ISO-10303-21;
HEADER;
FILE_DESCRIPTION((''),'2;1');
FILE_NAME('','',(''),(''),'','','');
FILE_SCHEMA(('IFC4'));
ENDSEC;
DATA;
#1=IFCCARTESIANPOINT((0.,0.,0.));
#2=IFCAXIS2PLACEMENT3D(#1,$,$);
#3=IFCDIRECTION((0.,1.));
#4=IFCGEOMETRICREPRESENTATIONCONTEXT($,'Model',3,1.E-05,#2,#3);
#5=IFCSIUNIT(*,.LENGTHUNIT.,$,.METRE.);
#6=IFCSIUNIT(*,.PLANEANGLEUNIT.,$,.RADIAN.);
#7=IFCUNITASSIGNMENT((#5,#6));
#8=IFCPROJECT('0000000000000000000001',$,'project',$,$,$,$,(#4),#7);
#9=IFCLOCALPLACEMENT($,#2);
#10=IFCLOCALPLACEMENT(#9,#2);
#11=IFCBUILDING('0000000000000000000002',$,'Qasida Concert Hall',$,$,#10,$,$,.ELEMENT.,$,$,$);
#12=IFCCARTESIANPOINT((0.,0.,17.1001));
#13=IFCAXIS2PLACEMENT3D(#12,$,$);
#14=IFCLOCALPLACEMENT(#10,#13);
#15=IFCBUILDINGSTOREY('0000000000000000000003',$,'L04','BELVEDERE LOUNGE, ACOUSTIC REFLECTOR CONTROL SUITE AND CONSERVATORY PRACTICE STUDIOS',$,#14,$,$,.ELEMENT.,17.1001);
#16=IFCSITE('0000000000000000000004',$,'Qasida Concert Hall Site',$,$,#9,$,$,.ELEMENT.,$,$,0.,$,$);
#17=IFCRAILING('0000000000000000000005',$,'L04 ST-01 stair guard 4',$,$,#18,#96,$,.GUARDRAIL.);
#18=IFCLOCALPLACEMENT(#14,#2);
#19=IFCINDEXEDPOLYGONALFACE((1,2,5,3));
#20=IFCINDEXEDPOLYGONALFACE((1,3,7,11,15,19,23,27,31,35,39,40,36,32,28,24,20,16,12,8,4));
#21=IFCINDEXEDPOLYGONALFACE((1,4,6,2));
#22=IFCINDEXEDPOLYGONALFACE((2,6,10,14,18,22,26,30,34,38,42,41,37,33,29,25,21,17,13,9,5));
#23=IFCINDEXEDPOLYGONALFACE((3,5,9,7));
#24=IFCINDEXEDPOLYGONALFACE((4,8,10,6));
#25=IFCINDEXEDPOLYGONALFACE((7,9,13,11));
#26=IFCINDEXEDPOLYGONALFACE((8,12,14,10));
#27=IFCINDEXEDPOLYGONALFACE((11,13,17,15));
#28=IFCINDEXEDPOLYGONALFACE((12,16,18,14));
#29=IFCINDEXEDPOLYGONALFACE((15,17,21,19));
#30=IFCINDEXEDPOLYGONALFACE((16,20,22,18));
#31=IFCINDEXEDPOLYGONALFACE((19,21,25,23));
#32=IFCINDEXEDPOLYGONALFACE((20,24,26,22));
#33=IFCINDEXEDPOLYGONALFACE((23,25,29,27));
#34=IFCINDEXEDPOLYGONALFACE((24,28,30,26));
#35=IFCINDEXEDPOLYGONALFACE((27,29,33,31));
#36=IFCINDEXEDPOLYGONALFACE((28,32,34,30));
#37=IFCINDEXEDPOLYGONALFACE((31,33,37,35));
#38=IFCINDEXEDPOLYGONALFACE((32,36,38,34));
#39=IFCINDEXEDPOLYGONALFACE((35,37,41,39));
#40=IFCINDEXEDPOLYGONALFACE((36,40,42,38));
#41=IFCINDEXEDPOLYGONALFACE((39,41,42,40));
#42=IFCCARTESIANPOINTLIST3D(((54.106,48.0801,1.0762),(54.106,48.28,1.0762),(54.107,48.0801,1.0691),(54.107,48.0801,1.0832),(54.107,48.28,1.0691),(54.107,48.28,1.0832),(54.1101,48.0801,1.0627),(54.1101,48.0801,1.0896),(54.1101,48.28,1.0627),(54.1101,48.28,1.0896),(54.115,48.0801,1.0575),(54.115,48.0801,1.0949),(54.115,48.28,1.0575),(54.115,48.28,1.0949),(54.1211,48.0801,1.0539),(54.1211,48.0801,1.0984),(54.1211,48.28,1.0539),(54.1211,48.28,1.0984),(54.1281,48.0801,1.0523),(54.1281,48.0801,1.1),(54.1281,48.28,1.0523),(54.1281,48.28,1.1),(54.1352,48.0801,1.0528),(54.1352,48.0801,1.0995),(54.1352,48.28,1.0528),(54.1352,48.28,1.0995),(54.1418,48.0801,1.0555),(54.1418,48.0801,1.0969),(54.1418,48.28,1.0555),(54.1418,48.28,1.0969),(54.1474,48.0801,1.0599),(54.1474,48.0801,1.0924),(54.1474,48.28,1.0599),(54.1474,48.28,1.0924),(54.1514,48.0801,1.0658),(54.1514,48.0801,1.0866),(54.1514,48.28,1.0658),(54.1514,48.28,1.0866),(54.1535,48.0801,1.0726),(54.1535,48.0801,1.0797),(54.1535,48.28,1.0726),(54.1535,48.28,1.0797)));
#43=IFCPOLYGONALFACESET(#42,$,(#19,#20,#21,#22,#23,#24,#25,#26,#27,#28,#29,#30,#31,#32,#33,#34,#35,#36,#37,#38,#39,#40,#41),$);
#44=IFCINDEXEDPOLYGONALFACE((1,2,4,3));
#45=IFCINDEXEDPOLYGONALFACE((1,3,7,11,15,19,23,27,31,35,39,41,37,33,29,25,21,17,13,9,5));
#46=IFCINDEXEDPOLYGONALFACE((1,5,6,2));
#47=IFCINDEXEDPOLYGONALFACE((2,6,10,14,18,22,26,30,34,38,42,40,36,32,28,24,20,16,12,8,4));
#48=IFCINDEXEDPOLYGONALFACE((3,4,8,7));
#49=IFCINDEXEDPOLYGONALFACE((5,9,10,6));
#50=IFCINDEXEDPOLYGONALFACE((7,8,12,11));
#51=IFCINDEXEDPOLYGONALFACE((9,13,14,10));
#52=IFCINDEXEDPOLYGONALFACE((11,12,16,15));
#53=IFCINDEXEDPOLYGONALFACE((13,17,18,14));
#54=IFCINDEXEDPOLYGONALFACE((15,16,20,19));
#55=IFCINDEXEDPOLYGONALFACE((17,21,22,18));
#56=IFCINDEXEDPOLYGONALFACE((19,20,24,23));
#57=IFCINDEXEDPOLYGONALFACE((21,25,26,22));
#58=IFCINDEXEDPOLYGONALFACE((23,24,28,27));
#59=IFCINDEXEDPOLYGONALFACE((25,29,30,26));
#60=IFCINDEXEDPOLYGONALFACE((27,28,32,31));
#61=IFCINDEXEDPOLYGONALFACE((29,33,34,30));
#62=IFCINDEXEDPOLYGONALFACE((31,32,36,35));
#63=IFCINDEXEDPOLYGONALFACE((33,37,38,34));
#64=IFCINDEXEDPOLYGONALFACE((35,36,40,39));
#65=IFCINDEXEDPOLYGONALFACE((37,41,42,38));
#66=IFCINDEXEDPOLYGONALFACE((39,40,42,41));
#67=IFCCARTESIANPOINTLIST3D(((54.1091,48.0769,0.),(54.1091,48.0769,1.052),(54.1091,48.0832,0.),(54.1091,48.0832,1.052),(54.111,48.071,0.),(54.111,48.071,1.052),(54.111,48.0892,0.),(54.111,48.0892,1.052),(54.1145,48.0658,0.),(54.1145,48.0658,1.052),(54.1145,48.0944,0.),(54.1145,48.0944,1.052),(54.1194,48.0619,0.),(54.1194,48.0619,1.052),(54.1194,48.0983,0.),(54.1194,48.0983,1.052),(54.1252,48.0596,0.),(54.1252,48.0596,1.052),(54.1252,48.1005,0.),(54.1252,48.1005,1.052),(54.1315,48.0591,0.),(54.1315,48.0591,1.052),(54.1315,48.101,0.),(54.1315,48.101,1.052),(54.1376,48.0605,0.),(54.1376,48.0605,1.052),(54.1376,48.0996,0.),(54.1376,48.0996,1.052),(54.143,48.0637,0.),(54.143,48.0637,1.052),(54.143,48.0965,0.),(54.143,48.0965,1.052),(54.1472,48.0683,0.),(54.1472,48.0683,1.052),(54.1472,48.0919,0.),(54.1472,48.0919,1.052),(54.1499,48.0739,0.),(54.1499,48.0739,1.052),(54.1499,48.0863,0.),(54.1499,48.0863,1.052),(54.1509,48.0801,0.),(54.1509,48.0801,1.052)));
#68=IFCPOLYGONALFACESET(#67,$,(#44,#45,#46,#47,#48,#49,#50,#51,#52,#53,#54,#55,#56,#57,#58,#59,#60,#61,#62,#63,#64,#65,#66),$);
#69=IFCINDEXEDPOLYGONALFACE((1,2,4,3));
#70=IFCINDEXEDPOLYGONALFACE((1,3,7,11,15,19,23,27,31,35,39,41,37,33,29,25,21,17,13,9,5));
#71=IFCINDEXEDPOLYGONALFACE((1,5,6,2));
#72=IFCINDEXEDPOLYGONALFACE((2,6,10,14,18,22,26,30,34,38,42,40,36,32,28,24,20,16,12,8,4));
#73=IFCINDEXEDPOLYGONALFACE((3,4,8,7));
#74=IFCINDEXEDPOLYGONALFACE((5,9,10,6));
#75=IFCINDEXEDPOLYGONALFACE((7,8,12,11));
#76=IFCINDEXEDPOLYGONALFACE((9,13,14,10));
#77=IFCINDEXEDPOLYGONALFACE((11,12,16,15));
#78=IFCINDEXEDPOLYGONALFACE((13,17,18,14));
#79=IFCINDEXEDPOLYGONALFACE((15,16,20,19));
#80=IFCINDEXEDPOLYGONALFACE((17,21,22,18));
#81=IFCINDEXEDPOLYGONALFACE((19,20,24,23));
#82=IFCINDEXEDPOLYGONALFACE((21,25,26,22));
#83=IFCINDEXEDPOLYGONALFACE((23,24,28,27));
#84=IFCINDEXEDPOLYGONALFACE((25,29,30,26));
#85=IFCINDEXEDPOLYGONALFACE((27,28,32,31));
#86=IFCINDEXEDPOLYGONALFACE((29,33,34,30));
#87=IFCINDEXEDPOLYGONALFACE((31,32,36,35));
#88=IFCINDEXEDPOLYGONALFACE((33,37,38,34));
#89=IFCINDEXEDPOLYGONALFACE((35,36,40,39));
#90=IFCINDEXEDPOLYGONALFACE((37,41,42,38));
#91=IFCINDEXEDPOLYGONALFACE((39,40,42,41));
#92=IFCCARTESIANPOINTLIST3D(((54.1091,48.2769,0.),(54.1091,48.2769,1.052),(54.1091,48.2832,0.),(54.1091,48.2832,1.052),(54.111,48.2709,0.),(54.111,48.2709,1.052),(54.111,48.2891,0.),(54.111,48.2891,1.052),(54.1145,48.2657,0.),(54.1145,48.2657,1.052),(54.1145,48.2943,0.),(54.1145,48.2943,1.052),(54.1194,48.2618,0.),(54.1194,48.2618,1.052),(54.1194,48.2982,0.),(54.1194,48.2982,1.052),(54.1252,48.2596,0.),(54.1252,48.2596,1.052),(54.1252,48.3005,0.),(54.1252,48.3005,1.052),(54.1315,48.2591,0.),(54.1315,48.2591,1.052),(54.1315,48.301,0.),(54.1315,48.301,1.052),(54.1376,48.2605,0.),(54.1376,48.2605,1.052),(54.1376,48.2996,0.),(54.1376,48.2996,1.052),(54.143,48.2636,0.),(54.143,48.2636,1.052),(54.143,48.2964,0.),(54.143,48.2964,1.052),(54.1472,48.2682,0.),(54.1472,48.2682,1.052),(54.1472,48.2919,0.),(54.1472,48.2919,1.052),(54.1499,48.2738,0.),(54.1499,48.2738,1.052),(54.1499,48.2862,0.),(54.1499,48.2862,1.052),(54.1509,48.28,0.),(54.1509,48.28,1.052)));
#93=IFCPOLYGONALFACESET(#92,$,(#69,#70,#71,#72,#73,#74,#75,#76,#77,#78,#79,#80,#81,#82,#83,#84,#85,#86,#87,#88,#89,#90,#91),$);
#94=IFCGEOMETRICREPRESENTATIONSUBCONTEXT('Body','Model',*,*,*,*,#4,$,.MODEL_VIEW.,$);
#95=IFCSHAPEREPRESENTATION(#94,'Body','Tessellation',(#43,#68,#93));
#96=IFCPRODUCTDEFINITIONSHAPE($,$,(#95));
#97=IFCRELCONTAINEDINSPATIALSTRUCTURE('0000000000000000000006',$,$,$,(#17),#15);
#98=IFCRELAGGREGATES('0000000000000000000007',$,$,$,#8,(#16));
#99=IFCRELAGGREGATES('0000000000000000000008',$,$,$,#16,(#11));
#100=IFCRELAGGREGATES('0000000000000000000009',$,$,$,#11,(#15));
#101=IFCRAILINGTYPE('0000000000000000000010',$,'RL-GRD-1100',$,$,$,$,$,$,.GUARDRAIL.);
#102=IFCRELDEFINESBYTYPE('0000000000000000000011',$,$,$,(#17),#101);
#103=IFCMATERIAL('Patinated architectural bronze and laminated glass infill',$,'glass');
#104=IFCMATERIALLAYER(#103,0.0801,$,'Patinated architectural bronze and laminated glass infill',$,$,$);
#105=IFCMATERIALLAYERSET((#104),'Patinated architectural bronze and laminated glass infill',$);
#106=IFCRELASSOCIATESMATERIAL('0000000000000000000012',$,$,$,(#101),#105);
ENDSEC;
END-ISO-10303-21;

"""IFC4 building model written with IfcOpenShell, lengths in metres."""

from ifc_helpers import new_model, si_unit, direction, frame, origin, origin_2d, place, context, subcontext, project, spatial, circle, extrude, material, layer, layer_set, type_object, element, save


model = new_model("IFC4")

# Units and contexts
model_context = context("Model", 3, precision=1e-05, world=origin(), true_north=direction((0.0, 1.0)))
body_context = subcontext(model_context, "Body", "Model", "MODEL_VIEW")
ifc_project = project(units=[si_unit("LENGTHUNIT", "METRE"), si_unit("PLANEANGLEUNIT", "RADIAN")], contexts=[model_context])

# Site, building, storey
site_placement = place(None, origin())
site = spatial("IfcSite", under=ifc_project, at=site_placement, Name="Qasida Concert Hall Site", CompositionType="ELEMENT", RefElevation=0.0)
building_placement = place(site_placement, origin())
building = spatial("IfcBuilding", under=site, at=building_placement, Name="Qasida Concert Hall", CompositionType="ELEMENT")
storey_placement = place(building_placement, frame((0.0, 0.0, 17.1001)))
storey = spatial("IfcBuildingStorey", under=building, at=storey_placement, Name="L04", Description="BELVEDERE LOUNGE, ACOUSTIC REFLECTOR CONTROL SUITE AND CONSERVATORY PRACTICE STUDIOS", CompositionType="ELEMENT", Elevation=17.1001)

# Railing
ifc_material_1 = material(Name="Patinated architectural bronze and laminated glass infill", Category="glass")
ifc_layer_1 = layer(ifc_material_1, 0.0801, Name="Patinated architectural bronze and laminated glass infill")
ifc_layer_set_1 = layer_set([ifc_layer_1], Name="Patinated architectural bronze and laminated glass infill")
railing_type_1 = type_object("IfcRailingType", Name="RL-GRD-1100", PredefinedType="GUARDRAIL", material=ifc_layer_set_1)
railing_1_placement = place(storey_placement, frame((54.1299, 48.0801, 0.0)))
element("IfcRailing", 1, at=railing_1_placement, inside=storey, type_object=railing_type_1, Name="L04 ST-01 stair guard 4", PredefinedType="GUARDRAIL", context=body_context, shape_type="SweptSolid", body=[
    extrude(circle(Radius=0.0239, at=origin_2d()), frame((0.0, 0.0, 1.0762), z_axis=(0.0, 1.0, 0.0), x_axis=(-1.0, 0.0, 0.0)), (0.0, 0.0, 1.0), 0.2),
    extrude(circle(Radius=0.021, at=origin_2d()), origin(), (0.0, 0.0, 1.0), 1.052),
    extrude(circle(Radius=0.021, at=origin_2d()), frame((0.0, 0.2, 0.0)), (0.0, 0.0, 1.0), 1.052),
])

save(model, "model.ifc")
